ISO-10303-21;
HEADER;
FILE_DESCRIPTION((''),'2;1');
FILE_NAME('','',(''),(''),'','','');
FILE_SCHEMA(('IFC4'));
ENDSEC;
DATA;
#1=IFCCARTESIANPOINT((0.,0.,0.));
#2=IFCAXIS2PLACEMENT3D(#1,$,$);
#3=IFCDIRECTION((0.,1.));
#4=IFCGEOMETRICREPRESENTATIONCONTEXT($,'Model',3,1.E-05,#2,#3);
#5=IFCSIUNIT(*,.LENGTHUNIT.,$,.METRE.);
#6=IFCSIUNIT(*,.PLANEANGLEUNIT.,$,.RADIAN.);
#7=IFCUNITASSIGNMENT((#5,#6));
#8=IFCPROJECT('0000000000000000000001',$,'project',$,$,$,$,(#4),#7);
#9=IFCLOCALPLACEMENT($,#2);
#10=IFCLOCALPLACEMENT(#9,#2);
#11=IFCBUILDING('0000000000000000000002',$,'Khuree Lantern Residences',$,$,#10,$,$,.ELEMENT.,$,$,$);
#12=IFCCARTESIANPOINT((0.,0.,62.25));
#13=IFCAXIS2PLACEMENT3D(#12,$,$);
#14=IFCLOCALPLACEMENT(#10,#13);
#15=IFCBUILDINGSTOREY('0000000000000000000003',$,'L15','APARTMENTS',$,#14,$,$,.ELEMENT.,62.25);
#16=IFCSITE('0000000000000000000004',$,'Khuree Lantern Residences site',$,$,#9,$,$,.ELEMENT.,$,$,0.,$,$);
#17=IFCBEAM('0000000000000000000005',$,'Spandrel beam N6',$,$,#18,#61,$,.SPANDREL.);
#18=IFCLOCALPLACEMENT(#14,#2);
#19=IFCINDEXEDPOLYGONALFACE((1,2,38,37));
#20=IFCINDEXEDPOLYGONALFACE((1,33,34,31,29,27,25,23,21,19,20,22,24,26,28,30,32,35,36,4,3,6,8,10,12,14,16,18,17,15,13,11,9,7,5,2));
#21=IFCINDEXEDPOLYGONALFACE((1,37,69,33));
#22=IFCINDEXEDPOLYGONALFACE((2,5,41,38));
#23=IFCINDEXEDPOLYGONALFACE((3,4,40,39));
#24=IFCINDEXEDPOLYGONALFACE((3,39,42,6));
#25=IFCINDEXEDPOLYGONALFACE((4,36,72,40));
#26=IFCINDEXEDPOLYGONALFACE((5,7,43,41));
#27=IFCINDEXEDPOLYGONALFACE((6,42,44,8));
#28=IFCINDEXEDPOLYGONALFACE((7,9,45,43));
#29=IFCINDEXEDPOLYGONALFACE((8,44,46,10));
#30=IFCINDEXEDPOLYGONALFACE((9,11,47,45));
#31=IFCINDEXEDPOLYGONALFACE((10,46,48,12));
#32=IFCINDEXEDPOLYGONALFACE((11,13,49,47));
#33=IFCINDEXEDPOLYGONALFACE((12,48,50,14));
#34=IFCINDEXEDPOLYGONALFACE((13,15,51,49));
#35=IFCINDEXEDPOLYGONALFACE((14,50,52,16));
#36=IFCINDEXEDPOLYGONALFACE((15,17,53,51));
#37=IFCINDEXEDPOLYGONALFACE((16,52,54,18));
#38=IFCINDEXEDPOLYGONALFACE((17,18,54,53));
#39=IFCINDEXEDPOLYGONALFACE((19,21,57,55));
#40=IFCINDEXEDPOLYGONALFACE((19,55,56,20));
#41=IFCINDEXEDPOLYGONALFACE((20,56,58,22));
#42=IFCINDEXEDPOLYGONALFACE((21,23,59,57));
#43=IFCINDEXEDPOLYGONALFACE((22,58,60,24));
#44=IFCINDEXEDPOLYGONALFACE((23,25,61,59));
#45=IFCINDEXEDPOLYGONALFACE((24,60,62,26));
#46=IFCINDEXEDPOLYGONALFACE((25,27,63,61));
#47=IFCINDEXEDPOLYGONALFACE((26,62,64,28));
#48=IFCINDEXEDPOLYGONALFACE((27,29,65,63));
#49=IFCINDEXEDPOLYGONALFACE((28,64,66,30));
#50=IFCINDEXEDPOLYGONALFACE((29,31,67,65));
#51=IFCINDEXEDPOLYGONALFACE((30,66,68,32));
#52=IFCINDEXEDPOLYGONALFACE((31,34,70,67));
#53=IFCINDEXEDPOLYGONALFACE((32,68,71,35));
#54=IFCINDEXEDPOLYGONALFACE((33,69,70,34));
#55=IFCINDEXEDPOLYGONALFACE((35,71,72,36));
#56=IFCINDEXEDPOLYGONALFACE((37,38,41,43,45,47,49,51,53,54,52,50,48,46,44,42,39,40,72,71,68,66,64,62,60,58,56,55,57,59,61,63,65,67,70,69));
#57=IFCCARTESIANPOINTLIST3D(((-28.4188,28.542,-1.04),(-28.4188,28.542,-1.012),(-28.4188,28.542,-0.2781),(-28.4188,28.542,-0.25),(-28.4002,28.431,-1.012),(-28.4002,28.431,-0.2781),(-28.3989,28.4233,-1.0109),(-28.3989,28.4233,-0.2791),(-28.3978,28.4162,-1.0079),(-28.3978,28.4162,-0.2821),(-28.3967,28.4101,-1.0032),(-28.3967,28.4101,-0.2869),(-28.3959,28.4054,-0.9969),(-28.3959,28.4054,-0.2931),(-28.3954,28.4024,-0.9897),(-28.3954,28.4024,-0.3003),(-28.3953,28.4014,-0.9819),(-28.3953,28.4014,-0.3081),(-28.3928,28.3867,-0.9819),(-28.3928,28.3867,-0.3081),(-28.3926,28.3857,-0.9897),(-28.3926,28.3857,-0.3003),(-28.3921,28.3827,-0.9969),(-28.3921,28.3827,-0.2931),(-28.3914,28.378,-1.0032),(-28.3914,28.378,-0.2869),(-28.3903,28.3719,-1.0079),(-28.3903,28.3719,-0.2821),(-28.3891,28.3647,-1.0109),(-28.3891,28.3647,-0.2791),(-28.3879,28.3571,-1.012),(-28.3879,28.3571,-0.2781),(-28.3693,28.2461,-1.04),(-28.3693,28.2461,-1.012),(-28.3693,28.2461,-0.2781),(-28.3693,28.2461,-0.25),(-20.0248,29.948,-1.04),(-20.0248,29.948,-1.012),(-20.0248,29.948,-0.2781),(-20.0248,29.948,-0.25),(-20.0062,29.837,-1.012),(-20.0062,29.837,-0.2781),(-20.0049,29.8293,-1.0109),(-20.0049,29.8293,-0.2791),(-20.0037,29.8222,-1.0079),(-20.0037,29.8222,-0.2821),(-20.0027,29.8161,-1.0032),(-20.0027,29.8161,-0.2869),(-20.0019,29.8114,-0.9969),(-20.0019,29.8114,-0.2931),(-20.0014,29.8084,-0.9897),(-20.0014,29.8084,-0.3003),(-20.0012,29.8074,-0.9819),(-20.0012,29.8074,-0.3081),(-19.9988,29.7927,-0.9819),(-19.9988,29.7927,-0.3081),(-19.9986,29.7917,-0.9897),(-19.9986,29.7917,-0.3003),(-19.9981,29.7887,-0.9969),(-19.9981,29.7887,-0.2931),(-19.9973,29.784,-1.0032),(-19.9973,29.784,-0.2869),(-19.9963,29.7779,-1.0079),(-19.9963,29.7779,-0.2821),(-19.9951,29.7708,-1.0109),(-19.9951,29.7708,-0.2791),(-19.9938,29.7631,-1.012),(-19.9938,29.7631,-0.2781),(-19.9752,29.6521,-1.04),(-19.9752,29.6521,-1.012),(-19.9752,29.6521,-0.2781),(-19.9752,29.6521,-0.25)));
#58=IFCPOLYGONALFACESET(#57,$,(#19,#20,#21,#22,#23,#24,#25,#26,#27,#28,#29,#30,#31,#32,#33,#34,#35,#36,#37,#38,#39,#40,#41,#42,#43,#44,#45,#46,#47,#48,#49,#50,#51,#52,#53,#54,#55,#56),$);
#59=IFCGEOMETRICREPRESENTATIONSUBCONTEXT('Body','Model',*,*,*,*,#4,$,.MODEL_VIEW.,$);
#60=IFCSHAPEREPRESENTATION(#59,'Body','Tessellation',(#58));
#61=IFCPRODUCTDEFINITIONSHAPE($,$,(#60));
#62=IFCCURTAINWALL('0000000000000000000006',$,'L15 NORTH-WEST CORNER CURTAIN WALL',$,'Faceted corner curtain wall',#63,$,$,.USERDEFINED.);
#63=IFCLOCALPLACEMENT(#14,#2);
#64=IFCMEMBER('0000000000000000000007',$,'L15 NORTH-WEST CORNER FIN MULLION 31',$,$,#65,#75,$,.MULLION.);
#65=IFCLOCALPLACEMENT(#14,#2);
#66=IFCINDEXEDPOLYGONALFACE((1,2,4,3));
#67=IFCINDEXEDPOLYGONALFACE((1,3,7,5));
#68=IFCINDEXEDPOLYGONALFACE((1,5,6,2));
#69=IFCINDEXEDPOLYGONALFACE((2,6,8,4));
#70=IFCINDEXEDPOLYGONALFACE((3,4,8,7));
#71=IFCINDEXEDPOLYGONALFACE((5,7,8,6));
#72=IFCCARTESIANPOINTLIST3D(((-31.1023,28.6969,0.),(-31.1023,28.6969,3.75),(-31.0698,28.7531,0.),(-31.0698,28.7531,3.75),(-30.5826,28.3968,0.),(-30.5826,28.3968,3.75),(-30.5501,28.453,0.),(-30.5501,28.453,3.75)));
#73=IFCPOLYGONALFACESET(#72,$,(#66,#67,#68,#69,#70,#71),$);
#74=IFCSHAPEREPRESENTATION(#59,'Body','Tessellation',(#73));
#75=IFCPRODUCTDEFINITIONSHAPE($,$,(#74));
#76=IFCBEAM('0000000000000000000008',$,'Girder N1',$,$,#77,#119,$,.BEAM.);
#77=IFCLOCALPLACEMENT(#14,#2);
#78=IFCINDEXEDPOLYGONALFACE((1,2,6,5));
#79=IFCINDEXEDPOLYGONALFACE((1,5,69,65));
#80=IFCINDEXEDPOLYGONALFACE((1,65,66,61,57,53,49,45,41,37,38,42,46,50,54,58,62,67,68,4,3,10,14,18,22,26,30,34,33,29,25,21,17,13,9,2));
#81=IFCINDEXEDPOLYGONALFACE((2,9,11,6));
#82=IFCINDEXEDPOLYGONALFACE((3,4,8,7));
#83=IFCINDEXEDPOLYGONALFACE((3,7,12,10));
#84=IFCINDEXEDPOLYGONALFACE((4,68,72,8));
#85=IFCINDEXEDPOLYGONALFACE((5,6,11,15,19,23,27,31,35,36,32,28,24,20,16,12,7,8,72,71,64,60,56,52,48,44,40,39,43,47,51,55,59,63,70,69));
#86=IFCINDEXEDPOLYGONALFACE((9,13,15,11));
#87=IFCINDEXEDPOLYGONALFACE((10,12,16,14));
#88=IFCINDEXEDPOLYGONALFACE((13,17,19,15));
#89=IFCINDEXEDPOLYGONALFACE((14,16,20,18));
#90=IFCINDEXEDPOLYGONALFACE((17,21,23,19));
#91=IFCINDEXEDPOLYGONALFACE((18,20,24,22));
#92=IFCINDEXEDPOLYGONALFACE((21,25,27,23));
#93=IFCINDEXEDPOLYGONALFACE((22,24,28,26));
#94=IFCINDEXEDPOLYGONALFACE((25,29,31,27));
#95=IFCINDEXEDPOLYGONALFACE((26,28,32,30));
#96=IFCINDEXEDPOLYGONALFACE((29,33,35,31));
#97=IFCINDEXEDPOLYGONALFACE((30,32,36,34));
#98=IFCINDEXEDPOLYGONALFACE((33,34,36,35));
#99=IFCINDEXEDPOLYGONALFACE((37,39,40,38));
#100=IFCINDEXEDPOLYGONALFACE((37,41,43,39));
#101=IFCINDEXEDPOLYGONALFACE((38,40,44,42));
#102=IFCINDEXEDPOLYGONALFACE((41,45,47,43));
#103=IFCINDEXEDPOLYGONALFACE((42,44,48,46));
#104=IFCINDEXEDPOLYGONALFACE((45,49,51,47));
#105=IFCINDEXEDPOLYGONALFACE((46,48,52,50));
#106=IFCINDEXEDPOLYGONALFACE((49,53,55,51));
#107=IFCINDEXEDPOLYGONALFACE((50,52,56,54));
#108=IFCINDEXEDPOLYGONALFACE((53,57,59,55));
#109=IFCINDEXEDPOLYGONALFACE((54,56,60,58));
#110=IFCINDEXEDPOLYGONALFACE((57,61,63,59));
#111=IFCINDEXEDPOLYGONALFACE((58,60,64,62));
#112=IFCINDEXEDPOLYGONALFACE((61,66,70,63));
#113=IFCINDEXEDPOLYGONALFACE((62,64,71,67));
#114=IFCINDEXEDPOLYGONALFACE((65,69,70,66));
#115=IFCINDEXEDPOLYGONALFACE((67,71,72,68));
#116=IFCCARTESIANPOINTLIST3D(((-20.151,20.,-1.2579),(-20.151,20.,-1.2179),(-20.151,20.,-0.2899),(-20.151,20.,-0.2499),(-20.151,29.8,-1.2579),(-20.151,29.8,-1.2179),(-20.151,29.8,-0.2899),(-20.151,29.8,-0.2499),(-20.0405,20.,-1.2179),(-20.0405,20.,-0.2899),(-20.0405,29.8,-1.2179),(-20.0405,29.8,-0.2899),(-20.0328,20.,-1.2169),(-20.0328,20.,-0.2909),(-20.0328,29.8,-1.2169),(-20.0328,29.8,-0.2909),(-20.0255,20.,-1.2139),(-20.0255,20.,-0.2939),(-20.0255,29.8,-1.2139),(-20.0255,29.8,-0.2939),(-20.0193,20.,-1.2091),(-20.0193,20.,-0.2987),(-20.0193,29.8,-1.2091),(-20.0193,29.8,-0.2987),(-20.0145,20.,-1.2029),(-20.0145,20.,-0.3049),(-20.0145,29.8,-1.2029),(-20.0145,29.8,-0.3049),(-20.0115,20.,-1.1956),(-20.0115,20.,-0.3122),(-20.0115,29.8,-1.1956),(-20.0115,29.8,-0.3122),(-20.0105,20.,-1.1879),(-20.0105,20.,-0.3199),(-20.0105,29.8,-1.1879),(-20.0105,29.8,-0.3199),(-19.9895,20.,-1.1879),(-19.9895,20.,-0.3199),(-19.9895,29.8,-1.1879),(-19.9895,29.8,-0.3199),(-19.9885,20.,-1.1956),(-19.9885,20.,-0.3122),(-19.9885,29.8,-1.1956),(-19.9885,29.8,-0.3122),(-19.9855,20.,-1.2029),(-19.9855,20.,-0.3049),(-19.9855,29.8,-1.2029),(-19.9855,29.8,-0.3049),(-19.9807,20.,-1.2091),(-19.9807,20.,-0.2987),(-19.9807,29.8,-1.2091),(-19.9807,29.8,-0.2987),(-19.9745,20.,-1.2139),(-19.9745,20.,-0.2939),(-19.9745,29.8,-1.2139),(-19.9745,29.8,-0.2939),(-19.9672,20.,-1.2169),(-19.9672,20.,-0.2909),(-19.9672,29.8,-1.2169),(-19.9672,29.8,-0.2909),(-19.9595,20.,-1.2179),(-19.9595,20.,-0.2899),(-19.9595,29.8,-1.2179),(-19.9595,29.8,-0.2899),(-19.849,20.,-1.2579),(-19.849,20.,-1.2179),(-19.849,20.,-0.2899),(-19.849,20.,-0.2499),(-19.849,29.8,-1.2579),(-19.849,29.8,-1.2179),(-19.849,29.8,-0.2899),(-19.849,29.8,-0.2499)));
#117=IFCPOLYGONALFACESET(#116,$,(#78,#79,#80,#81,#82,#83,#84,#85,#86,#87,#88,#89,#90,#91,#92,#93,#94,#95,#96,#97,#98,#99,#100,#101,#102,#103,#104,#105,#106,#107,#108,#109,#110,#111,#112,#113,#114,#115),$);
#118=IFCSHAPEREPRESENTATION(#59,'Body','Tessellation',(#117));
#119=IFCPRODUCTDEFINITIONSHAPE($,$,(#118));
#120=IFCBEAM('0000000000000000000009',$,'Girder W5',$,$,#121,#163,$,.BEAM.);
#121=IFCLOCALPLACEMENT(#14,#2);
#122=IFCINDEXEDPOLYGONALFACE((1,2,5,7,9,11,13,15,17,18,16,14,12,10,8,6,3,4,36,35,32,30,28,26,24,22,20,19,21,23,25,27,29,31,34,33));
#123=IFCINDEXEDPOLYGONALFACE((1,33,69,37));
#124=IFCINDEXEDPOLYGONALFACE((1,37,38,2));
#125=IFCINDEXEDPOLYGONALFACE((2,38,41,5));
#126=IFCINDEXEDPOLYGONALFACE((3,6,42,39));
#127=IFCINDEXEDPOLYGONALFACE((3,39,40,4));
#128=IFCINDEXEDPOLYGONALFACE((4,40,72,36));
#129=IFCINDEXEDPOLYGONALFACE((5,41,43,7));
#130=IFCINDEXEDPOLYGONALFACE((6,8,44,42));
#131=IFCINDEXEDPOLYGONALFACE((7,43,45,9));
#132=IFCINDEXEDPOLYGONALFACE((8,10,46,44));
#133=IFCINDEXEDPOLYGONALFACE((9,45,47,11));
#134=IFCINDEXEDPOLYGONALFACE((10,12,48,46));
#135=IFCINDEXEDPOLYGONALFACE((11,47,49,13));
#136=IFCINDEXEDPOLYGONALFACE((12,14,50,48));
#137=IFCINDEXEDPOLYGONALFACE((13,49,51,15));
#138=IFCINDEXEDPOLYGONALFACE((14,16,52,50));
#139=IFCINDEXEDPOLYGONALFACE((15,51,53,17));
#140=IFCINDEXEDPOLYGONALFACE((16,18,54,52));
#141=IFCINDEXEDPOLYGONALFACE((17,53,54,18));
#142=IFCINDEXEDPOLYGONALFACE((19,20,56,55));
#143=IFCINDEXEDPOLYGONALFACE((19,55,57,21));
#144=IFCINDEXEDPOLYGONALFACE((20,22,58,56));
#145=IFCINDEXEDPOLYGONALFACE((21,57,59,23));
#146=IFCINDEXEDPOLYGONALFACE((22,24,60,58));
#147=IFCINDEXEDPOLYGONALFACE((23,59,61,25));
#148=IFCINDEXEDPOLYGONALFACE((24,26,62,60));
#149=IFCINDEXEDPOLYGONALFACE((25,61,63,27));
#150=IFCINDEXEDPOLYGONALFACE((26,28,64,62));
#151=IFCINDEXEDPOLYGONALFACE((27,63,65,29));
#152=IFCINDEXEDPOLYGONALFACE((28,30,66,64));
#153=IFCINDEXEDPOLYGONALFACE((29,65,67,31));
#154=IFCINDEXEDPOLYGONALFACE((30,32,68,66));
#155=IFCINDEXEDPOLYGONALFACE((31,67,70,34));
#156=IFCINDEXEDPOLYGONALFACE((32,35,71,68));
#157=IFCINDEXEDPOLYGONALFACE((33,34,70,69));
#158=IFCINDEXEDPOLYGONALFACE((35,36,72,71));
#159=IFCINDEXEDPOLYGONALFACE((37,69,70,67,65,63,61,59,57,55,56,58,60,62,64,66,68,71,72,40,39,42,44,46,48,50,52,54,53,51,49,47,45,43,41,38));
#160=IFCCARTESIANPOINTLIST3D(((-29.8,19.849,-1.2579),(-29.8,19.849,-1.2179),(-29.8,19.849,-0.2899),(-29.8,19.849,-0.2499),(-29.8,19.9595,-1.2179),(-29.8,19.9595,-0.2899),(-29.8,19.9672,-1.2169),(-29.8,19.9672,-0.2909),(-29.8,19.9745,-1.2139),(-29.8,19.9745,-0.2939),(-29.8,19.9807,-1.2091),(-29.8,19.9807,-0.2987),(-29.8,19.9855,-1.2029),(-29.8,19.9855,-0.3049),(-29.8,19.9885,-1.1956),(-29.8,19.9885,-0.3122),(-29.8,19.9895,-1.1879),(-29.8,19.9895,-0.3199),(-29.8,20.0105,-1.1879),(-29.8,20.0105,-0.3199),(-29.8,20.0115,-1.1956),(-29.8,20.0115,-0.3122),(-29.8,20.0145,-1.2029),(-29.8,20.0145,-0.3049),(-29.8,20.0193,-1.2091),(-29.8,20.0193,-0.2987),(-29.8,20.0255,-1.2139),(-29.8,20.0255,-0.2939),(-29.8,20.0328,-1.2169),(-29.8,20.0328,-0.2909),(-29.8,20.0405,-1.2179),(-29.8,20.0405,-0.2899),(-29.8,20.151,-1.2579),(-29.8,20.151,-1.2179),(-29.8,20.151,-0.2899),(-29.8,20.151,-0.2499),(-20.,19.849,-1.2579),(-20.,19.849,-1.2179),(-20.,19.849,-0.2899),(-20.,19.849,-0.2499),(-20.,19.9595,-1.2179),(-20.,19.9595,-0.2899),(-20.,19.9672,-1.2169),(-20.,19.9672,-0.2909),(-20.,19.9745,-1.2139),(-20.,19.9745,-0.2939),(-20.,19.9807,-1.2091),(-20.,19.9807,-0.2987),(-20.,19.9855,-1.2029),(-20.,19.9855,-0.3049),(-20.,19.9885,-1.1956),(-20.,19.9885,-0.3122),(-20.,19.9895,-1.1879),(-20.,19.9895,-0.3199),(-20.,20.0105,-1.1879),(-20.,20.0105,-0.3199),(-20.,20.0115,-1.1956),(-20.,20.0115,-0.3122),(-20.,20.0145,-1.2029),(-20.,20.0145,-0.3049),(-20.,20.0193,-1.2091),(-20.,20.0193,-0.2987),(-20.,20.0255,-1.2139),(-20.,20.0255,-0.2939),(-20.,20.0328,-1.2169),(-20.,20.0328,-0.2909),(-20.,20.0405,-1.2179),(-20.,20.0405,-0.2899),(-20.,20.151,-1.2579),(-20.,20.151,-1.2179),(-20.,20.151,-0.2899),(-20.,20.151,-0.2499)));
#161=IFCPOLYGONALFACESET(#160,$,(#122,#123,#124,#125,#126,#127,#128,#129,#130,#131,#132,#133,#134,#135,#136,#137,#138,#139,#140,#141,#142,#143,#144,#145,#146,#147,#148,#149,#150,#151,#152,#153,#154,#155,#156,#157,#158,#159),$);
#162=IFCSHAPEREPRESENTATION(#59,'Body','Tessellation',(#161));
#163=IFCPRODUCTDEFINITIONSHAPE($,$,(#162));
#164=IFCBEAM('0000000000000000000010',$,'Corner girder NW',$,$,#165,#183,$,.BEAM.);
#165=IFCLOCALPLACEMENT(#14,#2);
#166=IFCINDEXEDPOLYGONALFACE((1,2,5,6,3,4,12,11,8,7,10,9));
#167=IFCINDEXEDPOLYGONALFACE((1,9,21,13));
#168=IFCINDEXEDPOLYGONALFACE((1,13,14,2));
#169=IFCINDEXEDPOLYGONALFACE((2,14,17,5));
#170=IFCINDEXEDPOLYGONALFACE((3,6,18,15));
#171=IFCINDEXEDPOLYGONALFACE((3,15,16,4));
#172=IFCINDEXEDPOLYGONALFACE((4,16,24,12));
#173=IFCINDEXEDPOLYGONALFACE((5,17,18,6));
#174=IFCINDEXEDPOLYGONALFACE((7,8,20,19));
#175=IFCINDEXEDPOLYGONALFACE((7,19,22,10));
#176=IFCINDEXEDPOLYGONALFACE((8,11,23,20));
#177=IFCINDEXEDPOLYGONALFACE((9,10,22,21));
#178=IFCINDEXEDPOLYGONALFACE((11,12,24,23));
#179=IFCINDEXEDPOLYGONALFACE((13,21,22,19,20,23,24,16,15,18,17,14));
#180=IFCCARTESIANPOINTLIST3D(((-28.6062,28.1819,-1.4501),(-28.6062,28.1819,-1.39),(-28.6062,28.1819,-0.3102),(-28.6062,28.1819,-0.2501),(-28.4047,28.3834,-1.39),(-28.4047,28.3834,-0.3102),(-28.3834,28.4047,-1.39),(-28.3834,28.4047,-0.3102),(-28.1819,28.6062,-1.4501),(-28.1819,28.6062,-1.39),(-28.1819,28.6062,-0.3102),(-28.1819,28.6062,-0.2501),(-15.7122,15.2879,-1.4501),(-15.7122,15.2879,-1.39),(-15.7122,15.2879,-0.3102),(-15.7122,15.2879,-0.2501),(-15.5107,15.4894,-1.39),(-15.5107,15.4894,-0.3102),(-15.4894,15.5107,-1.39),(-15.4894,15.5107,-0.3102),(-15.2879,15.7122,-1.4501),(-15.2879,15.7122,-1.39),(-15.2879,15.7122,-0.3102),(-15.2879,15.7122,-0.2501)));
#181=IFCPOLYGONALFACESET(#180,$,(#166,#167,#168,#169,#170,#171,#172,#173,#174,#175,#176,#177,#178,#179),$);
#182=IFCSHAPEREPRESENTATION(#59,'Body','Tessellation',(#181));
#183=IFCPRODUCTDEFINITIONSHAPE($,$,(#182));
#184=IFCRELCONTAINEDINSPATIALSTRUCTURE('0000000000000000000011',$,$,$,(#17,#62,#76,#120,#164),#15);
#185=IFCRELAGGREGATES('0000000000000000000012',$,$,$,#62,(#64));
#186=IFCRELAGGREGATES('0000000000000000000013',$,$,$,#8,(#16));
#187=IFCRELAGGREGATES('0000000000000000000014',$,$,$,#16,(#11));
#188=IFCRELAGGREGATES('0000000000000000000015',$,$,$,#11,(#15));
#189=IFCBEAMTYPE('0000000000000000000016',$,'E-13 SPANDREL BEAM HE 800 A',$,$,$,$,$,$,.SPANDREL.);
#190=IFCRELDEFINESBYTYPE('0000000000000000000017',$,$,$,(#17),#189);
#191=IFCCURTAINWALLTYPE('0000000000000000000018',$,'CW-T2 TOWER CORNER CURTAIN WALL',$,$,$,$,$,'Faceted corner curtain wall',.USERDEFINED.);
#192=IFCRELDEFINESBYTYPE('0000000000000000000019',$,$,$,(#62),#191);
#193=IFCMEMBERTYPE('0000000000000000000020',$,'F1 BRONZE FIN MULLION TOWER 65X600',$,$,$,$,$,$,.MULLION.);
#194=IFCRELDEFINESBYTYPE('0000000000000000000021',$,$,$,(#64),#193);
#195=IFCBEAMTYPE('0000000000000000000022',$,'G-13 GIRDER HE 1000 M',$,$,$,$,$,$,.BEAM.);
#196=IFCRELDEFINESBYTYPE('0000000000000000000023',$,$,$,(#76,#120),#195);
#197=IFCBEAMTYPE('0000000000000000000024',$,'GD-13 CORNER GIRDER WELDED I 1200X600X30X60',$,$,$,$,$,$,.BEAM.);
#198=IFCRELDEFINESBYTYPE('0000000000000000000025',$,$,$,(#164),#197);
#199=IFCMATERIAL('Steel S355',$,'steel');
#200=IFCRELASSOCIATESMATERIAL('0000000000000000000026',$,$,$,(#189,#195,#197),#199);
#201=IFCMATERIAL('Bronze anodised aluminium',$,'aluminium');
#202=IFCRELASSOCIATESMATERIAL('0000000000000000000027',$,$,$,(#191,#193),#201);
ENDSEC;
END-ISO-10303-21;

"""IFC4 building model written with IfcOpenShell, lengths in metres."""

from ifc_helpers import new_model, si_unit, direction, frame, origin, origin_2d, place, context, subcontext, project, spatial, rectangle, i_section, extrude, material, material_profile, profile_set, type_object, element, aggregate, save


model = new_model("IFC4")

# Units and contexts
model_context = context("Model", 3, precision=1e-05, world=origin(), true_north=direction((0.0, 1.0)))
body_context = subcontext(model_context, "Body", "Model", "MODEL_VIEW")
ifc_project = project(units=[si_unit("LENGTHUNIT", "METRE"), si_unit("PLANEANGLEUNIT", "RADIAN")], contexts=[model_context])

# Site, building, storey
site_placement = place(None, origin())
site = spatial("IfcSite", under=ifc_project, at=site_placement, Name="Khuree Lantern Residences site", CompositionType="ELEMENT", RefElevation=0.0)
building_placement = place(site_placement, origin())
building = spatial("IfcBuilding", under=site, at=building_placement, Name="Khuree Lantern Residences", CompositionType="ELEMENT")
storey_placement = place(building_placement, frame((0.0, 0.0, 62.25)))
storey = spatial("IfcBuildingStorey", under=building, at=storey_placement, Name="L15", Description="APARTMENTS", CompositionType="ELEMENT", Elevation=62.25)

# Beam
ifc_material_1 = material(Name="Steel S355", Category="steel")
ifc_material_profile_1 = material_profile(ifc_material_1, i_section(OverallWidth=0.3, OverallDepth=0.79, WebThickness=0.0149, FlangeThickness=0.0281, FilletRadius=0.03, at=origin_2d()), Name="HE 800 A")
ifc_profile_set_1 = profile_set([ifc_material_profile_1], Name="Steel S355")
beam_type_1 = type_object("IfcBeamType", Name="E-13 SPANDREL BEAM HE 800 A", PredefinedType="SPANDREL", material=ifc_profile_set_1)
for number, where, z_axis, x_axis, name in (
    (1, (-28.394, 28.394, -0.645), (0.98626, 0.165199, 0.0), (-0.165199, 0.98626, 0.0), "Spandrel beam N6"),
):
    element("IfcBeam", number, at=place(storey_placement, frame(where, z_axis=z_axis, x_axis=x_axis)), inside=storey, type_object=beam_type_1, Name=name, PredefinedType="SPANDREL", context=body_context, shape_type="SweptSolid", body=[
        extrude(i_section(OverallWidth=0.3, OverallDepth=0.79, WebThickness=0.0149, FlangeThickness=0.0281, FilletRadius=0.03, at=origin_2d()), origin(), (0.0, 0.0, 1.0), 8.511),
    ])

# Curtain wall, member
ifc_material_2 = material(Name="Bronze anodised aluminium", Category="aluminium")
curtain_wall_type_1 = type_object("IfcCurtainWallType", Name="CW-T2 TOWER CORNER CURTAIN WALL", ElementType="Faceted corner curtain wall", PredefinedType="USERDEFINED", material=ifc_material_2)
curtain_wall_1_placement = place(storey_placement, origin())
curtain_wall_1 = element("IfcCurtainWall", 2, at=curtain_wall_1_placement, inside=storey, type_object=curtain_wall_type_1, Name="L15 NORTH-WEST CORNER CURTAIN WALL", ObjectType="Faceted corner curtain wall", PredefinedType="USERDEFINED")
ifc_material_profile_2 = material_profile(ifc_material_2, rectangle(XDim=0.0649, YDim=0.6001, at=origin_2d()), Name="F1 65X600")
ifc_profile_set_2 = profile_set([ifc_material_profile_2], Name="Bronze anodised aluminium")
member_type_1 = type_object("IfcMemberType", Name="F1 BRONZE FIN MULLION TOWER 65X600", PredefinedType="MULLION", material=ifc_profile_set_2)
member_1_placement = place(storey_placement, frame((-30.8262, 28.575, 0.0), z_axis=(0.0, 0.0, 1.0), x_axis=(-0.5, -0.866025, 0.0)))
member_1 = element("IfcMember", 3, at=member_1_placement, type_object=member_type_1, Name="L15 NORTH-WEST CORNER FIN MULLION 31", PredefinedType="MULLION", context=body_context, shape_type="SweptSolid", body=[
    extrude(rectangle(XDim=0.0649, YDim=0.6001, at=origin_2d()), origin(), (0.0, 0.0, 1.0), 3.75),
])

# Beams
ifc_material_profile_3 = material_profile(ifc_material_1, i_section(OverallWidth=0.302, OverallDepth=1.0081, WebThickness=0.021, FlangeThickness=0.04, FilletRadius=0.03, at=origin_2d()), Name="HE 1000 M")
ifc_profile_set_3 = profile_set([ifc_material_profile_3], Name="Steel S355")
beam_type_2 = type_object("IfcBeamType", Name="G-13 GIRDER HE 1000 M", PredefinedType="BEAM", material=ifc_profile_set_3)
for number, where, z_axis, x_axis, name in (
    (4, (-20.0, 29.8, -0.7539), (0.0, -1.0, 0.0), (1.0, 0.0, 0.0), "Girder N1"),
    (5, (-29.8, 20.0, -0.7539), (1.0, 0.0, 0.0), (0.0, 1.0, 0.0), "Girder W5"),
):
    element("IfcBeam", number, at=place(storey_placement, frame(where, z_axis=z_axis, x_axis=x_axis)), inside=storey, type_object=beam_type_2, Name=name, PredefinedType="BEAM", context=body_context, shape_type="SweptSolid", body=[
        extrude(i_section(OverallWidth=0.302, OverallDepth=1.0081, WebThickness=0.021, FlangeThickness=0.04, FilletRadius=0.03, at=origin_2d()), origin(), (0.0, 0.0, 1.0), 9.8),
    ])
ifc_material_profile_4 = material_profile(ifc_material_1, i_section(OverallWidth=0.6001, OverallDepth=1.2, WebThickness=0.03, FlangeThickness=0.0601, at=origin_2d()), Name="WELDED I 1200X600X30X60")
ifc_profile_set_4 = profile_set([ifc_material_profile_4], Name="Steel S355")
beam_type_3 = type_object("IfcBeamType", Name="GD-13 CORNER GIRDER WELDED I 1200X600X30X60", PredefinedType="BEAM", material=ifc_profile_set_4)
beam_placement = place(storey_placement, frame((-28.394, 28.394, -0.8501), z_axis=(0.707107, -0.707107, 0.0), x_axis=(0.707107, 0.707107, 0.0)))
element("IfcBeam", 6, at=beam_placement, inside=storey, type_object=beam_type_3, Name="Corner girder NW", PredefinedType="BEAM", context=body_context, shape_type="SweptSolid", body=[
    extrude(i_section(OverallWidth=0.6001, OverallDepth=1.2, WebThickness=0.03, FlangeThickness=0.0601, at=origin_2d()), origin(), (0.0, 0.0, 1.0), 18.2349),
])

aggregate(curtain_wall_1, [member_1])

save(model, "model.ifc")
